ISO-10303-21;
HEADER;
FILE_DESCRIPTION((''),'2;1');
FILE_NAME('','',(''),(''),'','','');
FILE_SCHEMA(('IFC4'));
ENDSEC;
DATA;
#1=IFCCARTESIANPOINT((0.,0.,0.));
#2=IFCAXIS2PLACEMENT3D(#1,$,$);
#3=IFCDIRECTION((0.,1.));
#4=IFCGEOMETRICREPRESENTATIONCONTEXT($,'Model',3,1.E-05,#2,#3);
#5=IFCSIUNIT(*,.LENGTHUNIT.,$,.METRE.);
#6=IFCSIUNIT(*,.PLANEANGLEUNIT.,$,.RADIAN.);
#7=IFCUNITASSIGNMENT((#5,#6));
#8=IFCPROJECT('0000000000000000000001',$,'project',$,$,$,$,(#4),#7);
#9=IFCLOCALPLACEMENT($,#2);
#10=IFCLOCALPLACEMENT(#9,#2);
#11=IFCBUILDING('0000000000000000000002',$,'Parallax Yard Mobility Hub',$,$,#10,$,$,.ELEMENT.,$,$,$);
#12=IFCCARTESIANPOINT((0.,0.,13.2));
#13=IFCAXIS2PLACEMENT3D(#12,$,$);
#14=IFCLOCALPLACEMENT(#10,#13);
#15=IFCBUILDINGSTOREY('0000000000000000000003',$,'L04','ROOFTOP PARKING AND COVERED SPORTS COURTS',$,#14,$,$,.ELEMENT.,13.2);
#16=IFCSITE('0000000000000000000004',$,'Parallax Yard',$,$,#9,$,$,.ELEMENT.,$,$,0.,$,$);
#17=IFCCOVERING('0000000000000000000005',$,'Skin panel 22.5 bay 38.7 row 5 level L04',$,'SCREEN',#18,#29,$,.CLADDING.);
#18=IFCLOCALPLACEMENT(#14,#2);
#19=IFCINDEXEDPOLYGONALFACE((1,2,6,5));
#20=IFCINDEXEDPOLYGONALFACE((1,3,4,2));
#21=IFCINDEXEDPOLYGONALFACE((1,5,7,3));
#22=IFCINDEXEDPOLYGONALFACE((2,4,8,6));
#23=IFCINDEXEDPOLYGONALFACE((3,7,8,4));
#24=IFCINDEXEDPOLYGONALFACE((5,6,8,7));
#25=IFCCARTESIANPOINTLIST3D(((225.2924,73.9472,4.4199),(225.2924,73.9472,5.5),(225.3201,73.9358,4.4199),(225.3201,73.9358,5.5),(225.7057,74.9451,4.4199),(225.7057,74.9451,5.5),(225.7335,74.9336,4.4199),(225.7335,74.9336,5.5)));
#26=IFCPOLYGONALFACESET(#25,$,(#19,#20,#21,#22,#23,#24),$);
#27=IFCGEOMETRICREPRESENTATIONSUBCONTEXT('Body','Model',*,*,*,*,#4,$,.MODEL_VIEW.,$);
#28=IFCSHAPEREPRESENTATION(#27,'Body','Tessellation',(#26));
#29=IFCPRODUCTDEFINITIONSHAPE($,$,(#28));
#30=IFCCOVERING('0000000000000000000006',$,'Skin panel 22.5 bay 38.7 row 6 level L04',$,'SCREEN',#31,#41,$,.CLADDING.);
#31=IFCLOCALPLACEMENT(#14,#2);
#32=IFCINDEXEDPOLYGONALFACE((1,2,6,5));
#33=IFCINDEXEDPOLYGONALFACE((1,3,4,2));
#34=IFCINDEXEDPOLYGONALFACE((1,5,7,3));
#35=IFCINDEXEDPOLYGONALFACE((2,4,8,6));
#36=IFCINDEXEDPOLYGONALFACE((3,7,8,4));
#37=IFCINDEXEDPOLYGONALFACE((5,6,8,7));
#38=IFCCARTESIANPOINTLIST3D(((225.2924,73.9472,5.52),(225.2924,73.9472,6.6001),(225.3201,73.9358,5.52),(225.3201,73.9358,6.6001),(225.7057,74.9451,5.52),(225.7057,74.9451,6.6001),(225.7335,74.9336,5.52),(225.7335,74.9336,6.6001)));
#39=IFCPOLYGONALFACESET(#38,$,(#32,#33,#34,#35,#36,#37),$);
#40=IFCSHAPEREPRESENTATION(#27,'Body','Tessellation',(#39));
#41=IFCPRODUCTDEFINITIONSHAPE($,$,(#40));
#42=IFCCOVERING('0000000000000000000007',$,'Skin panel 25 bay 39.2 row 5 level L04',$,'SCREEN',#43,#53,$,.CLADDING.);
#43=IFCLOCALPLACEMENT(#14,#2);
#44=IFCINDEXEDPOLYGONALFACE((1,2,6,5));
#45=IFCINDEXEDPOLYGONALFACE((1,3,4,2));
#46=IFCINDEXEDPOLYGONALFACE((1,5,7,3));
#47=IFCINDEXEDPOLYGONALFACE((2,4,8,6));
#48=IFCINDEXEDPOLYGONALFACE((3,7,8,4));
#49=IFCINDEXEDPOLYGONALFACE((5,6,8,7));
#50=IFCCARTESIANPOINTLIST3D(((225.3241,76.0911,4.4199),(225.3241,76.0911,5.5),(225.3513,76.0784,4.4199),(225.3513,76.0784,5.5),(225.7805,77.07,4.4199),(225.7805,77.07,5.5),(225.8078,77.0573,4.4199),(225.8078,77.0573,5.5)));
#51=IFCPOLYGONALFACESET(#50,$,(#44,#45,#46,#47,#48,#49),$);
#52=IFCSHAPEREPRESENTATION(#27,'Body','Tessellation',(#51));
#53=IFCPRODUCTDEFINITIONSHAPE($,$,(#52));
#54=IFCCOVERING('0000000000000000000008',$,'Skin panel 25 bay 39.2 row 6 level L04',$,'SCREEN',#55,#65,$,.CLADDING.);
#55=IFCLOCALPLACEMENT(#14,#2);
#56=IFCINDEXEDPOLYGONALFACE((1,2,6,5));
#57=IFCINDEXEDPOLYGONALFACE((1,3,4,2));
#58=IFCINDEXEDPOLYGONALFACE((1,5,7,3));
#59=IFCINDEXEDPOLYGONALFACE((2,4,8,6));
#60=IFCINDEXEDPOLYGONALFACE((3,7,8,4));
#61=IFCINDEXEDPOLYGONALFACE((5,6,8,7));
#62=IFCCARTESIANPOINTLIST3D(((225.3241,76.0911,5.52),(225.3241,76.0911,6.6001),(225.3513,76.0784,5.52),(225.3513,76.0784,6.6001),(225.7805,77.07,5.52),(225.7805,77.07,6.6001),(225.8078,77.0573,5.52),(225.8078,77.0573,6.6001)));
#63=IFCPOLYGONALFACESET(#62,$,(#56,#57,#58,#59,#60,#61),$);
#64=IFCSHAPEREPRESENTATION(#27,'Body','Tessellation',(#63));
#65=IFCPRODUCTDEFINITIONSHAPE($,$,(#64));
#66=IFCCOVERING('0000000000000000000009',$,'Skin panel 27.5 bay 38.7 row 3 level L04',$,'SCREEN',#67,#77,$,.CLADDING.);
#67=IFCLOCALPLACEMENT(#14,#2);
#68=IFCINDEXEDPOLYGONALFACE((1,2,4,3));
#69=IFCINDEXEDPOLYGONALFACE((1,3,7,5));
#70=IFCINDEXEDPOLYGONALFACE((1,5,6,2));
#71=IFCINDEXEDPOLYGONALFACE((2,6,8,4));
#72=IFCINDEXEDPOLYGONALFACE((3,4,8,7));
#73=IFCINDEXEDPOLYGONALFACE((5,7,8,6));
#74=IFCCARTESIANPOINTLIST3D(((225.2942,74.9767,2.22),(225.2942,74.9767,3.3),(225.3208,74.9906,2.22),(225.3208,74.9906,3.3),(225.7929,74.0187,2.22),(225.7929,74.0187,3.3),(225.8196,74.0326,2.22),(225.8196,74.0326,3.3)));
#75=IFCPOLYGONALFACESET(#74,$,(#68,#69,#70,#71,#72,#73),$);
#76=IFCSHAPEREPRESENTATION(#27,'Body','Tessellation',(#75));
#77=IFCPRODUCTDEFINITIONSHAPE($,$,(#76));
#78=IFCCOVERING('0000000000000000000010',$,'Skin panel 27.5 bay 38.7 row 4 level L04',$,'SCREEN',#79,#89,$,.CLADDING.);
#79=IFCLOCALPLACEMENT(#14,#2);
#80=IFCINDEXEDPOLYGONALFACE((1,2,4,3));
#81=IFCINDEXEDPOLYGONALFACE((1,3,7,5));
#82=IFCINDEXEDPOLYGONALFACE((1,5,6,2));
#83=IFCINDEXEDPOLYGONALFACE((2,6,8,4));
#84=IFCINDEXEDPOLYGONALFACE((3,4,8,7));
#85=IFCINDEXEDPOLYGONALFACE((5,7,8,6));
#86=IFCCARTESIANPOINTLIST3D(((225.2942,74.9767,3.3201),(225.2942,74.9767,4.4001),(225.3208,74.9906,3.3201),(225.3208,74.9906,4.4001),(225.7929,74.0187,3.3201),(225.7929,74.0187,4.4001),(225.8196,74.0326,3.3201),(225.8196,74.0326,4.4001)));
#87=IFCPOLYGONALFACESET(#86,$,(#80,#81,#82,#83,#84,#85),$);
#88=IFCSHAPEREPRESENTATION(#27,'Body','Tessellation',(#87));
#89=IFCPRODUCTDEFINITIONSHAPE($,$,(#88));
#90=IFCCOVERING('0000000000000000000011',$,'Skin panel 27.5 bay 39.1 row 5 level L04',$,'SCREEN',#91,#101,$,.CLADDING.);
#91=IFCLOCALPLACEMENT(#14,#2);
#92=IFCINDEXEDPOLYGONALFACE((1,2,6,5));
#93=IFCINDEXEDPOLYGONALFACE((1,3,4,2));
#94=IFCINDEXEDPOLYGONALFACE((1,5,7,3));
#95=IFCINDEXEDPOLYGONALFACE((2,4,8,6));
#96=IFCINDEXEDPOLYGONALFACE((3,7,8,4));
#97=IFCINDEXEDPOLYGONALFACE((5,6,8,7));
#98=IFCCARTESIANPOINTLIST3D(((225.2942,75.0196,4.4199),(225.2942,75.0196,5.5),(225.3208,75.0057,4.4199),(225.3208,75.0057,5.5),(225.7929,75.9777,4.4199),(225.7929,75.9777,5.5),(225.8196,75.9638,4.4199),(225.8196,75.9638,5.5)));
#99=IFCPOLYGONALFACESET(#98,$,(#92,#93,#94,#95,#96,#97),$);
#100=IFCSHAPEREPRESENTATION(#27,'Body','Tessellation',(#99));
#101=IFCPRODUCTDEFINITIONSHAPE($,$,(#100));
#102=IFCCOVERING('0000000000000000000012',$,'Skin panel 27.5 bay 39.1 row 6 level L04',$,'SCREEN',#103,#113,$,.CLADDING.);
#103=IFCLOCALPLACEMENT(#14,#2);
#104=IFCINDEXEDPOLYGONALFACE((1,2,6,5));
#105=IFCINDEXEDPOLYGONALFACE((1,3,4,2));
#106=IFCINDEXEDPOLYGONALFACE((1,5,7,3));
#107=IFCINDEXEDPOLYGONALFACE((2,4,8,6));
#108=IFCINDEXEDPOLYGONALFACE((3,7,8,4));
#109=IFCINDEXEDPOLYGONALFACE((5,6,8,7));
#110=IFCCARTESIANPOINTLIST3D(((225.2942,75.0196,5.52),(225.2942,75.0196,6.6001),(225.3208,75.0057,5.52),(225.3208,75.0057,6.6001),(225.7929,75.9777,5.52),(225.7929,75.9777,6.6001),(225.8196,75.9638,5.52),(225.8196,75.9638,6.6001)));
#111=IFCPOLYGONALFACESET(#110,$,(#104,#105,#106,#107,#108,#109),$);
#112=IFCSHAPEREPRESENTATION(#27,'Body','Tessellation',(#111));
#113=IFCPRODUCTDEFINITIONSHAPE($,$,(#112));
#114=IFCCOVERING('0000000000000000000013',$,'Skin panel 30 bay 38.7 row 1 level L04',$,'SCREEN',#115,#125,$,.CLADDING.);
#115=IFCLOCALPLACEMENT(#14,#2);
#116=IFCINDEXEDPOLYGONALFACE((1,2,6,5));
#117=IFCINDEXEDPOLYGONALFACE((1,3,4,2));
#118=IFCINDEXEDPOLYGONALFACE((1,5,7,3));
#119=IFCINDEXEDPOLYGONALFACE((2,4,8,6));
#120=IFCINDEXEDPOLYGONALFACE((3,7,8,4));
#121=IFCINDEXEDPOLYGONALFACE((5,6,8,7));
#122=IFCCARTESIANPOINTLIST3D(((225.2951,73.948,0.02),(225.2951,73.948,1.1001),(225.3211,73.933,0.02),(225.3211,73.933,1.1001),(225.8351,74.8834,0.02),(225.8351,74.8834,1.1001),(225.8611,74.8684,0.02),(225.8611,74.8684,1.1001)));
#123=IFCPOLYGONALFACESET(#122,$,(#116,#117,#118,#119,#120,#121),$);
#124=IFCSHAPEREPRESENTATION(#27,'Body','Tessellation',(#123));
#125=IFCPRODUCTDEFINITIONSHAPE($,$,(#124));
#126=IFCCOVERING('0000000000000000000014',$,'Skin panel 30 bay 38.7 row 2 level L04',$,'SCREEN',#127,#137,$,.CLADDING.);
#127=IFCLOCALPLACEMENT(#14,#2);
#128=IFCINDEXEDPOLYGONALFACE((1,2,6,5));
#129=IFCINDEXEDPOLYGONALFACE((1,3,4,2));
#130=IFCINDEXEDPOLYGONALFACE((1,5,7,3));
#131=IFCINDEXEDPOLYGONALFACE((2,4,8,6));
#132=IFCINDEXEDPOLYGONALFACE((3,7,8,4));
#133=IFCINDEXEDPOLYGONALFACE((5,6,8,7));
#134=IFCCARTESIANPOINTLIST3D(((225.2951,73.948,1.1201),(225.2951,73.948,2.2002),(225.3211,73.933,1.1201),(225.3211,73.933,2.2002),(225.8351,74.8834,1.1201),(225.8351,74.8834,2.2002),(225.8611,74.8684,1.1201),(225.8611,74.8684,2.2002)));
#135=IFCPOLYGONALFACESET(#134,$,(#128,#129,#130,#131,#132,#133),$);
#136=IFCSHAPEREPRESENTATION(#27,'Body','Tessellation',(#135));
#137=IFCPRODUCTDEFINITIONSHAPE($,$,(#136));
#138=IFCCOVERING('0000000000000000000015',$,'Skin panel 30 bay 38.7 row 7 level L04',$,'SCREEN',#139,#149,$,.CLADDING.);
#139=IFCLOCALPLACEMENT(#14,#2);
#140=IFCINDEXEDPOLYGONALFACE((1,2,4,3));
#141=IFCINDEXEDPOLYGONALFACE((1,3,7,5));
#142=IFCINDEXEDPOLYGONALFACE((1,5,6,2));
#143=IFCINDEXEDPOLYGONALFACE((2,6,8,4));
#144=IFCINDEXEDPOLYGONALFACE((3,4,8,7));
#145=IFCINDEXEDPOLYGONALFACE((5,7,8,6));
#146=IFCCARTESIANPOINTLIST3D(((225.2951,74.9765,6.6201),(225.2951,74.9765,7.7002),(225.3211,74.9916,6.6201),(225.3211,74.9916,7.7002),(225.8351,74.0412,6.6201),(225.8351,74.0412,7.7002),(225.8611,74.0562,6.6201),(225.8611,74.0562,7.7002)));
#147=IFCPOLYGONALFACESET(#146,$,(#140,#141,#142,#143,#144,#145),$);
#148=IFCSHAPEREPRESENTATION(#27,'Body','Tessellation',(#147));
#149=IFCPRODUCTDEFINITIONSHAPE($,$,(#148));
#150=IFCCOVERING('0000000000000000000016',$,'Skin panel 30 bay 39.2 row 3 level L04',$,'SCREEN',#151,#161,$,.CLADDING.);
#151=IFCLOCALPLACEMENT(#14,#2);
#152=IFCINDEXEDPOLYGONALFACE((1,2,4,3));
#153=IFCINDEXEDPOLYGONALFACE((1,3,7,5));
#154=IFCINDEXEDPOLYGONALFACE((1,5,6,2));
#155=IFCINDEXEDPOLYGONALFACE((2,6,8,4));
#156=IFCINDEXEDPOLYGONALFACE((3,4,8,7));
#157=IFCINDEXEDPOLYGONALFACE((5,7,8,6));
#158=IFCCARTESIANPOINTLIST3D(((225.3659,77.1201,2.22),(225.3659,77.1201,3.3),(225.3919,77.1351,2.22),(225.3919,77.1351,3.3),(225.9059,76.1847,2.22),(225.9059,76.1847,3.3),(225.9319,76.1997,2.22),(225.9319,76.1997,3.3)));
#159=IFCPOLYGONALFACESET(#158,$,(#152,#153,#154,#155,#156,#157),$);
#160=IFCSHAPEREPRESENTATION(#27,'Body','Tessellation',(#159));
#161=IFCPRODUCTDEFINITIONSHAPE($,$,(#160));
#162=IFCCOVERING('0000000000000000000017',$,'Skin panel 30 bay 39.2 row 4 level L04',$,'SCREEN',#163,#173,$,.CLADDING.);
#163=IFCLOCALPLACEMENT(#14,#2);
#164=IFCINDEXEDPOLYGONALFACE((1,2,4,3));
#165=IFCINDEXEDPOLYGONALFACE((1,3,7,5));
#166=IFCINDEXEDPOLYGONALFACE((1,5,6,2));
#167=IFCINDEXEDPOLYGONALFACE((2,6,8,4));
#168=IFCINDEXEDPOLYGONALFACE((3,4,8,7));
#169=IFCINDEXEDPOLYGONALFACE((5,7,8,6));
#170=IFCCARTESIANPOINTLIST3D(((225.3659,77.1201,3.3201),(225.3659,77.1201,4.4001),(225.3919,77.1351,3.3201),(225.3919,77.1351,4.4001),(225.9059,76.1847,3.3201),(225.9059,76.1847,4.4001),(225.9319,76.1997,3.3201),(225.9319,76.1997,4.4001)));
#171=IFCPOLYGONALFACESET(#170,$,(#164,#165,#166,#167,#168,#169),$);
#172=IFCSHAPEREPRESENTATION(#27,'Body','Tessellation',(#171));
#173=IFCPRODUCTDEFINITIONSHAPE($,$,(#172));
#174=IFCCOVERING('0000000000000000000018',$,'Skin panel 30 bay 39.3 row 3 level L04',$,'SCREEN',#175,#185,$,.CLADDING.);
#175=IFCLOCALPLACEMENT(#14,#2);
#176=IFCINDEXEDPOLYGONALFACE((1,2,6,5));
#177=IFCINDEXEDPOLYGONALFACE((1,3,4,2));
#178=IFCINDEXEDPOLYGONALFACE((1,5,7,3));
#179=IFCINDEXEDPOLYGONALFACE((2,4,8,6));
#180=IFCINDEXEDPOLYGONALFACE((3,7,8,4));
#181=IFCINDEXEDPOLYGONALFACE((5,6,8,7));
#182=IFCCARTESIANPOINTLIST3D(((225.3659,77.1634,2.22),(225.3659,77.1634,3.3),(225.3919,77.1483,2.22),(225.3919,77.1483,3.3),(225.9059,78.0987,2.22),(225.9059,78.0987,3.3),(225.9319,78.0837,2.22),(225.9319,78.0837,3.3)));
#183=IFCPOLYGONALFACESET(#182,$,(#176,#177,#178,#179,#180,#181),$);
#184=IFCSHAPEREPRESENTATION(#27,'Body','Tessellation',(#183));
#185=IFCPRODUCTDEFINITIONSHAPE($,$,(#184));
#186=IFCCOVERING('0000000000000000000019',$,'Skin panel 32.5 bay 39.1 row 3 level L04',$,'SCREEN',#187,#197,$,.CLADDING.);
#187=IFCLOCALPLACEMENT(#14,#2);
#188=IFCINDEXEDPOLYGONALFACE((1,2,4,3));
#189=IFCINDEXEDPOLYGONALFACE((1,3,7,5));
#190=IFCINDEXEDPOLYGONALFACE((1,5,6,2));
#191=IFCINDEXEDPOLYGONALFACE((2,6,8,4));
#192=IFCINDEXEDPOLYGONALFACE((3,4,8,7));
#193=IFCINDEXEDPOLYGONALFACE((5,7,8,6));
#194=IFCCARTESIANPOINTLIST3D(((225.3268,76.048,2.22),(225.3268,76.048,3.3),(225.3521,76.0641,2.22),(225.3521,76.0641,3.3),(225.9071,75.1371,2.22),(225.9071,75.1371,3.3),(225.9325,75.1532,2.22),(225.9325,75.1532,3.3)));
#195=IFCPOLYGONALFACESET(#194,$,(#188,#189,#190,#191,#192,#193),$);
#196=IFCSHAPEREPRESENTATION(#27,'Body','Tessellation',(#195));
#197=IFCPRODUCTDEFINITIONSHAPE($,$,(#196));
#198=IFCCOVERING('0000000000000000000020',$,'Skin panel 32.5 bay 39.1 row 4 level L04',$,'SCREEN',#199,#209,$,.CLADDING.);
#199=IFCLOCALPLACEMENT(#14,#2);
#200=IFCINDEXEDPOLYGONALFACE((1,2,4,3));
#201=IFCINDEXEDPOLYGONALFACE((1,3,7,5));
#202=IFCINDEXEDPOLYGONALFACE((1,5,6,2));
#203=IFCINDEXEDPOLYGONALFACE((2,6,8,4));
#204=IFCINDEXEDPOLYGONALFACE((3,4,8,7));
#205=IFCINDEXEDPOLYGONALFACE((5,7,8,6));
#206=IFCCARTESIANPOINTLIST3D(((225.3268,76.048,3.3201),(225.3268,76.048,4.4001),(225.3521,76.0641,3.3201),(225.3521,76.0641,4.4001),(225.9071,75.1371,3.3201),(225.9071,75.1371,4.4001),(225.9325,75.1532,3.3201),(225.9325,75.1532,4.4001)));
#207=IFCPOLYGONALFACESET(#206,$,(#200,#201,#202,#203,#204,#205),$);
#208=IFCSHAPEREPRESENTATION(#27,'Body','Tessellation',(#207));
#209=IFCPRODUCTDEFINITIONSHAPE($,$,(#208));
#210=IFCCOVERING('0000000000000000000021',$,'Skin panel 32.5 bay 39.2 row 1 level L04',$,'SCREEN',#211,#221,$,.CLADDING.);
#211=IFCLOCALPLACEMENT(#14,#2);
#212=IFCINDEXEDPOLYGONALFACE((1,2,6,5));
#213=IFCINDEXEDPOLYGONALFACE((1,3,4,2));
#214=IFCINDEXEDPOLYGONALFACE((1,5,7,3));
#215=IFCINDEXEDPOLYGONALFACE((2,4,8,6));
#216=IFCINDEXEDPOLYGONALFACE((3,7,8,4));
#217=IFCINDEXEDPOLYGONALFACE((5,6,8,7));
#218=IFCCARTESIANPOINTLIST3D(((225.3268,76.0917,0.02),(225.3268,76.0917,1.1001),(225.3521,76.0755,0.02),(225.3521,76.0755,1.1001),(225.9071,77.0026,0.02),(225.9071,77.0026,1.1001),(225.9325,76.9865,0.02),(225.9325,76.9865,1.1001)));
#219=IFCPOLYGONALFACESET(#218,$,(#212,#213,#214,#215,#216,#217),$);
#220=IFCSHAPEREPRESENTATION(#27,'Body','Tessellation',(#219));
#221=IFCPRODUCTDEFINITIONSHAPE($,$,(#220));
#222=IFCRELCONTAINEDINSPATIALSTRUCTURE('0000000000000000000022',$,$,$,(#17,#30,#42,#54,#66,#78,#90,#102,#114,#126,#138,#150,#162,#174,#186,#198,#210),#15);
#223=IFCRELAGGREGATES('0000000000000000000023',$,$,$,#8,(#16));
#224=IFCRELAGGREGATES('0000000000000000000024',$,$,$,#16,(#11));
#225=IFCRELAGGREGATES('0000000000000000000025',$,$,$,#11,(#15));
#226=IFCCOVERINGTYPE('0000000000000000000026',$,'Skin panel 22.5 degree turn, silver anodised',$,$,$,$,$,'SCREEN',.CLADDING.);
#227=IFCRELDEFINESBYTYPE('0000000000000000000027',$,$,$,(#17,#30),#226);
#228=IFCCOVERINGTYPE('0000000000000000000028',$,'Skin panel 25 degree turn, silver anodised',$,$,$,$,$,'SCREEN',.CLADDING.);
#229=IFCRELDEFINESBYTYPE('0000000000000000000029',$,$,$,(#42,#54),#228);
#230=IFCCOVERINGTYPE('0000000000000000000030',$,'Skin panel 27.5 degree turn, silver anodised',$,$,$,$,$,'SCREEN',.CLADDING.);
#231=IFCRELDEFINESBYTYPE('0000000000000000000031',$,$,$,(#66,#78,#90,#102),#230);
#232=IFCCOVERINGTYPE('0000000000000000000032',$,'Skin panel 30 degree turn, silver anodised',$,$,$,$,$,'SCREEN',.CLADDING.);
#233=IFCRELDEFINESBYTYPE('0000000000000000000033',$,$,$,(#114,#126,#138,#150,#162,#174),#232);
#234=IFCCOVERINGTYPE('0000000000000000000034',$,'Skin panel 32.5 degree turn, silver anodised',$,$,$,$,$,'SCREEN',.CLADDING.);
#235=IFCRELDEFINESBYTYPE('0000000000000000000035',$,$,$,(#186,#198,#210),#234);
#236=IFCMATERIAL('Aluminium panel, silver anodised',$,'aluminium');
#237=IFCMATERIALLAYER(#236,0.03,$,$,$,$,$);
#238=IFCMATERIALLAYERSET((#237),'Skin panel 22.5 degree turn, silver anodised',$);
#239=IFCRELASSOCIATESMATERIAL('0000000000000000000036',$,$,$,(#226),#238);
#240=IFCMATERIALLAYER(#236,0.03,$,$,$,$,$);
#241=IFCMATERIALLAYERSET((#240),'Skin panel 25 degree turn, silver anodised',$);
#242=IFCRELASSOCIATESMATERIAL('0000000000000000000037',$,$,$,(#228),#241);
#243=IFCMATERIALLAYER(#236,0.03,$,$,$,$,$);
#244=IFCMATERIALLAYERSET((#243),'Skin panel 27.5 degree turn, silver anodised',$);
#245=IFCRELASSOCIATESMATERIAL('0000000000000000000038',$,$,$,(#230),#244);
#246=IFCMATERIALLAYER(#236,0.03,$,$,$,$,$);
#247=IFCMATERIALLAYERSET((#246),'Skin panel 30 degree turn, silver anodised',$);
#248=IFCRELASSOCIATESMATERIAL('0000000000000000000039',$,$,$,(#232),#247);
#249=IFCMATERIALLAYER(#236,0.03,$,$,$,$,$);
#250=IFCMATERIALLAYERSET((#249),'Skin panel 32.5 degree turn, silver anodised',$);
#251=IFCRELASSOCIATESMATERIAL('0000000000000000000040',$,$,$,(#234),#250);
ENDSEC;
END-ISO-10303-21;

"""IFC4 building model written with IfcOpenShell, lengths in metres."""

from ifc_helpers import new_model, si_unit, direction, frame, origin, origin_2d, place, context, subcontext, project, spatial, rectangle, extrude, material, layer, layer_set, type_object, element, save


model = new_model("IFC4")

# Units and contexts
model_context = context("Model", 3, precision=1e-05, world=origin(), true_north=direction((0.0, 1.0)))
body_context = subcontext(model_context, "Body", "Model", "MODEL_VIEW")
ifc_project = project(units=[si_unit("LENGTHUNIT", "METRE"), si_unit("PLANEANGLEUNIT", "RADIAN")], contexts=[model_context])

# Site, building, storey
site_placement = place(None, origin())
site = spatial("IfcSite", under=ifc_project, at=site_placement, Name="Parallax Yard", CompositionType="ELEMENT", RefElevation=0.0)
building_placement = place(site_placement, origin())
building = spatial("IfcBuilding", under=site, at=building_placement, Name="Parallax Yard Mobility Hub", CompositionType="ELEMENT")
storey_placement = place(building_placement, frame((0.0, 0.0, 13.2)))
storey = spatial("IfcBuildingStorey", under=building, at=storey_placement, Name="L04", Description="ROOFTOP PARKING AND COVERED SPORTS COURTS", CompositionType="ELEMENT", Elevation=13.2)

# Coverings
ifc_material_1 = material(Name="Aluminium panel, silver anodised", Category="aluminium")
ifc_layer_1 = layer(ifc_material_1, 0.03)
ifc_layer_set_1 = layer_set([ifc_layer_1], Name="Skin panel 22.5 degree turn, silver anodised")
covering_type_1 = type_object("IfcCoveringType", Name="Skin panel 22.5 degree turn, silver anodised", ElementType="SCREEN", PredefinedType="CLADDING", material=ifc_layer_set_1)
for number, where, z_axis, x_axis, name in (
    (1, (225.5129, 74.4404, 4.4199), (0.0, 0.0, 1.0), (0.382683, 0.92388, 0.0), "Skin panel 22.5 bay 38.7 row 5 level L04"),
    (2, (225.5129, 74.4404, 5.52), (0.0, 0.0, 1.0), (0.382683, 0.92388, 0.0), "Skin panel 22.5 bay 38.7 row 6 level L04"),
):
    element("IfcCovering", number, at=place(storey_placement, frame(where, z_axis=z_axis, x_axis=x_axis)), inside=storey, type_object=covering_type_1, Name=name, ObjectType="SCREEN", PredefinedType="CLADDING", context=body_context, shape_type="SweptSolid", body=[
        extrude(rectangle(XDim=1.0801, YDim=0.03, at=origin_2d()), origin(), (0.0, 0.0, 1.0), 1.0801),
    ])
ifc_layer_2 = layer(ifc_material_1, 0.03)
ifc_layer_set_2 = layer_set([ifc_layer_2], Name="Skin panel 25 degree turn, silver anodised")
covering_type_2 = type_object("IfcCoveringType", Name="Skin panel 25 degree turn, silver anodised", ElementType="SCREEN", PredefinedType="CLADDING", material=ifc_layer_set_2)
for number, where, z_axis, x_axis, name in (
    (3, (225.5659, 76.5742, 4.4199), (0.0, 0.0, 1.0), (0.422618, 0.906308, 0.0), "Skin panel 25 bay 39.2 row 5 level L04"),
    (4, (225.5659, 76.5742, 5.52), (0.0, 0.0, 1.0), (0.422618, 0.906308, 0.0), "Skin panel 25 bay 39.2 row 6 level L04"),
):
    element("IfcCovering", number, at=place(storey_placement, frame(where, z_axis=z_axis, x_axis=x_axis)), inside=storey, type_object=covering_type_2, Name=name, ObjectType="SCREEN", PredefinedType="CLADDING", context=body_context, shape_type="SweptSolid", body=[
        extrude(rectangle(XDim=1.0801, YDim=0.03, at=origin_2d()), origin(), (0.0, 0.0, 1.0), 1.0801),
    ])
ifc_layer_3 = layer(ifc_material_1, 0.03)
ifc_layer_set_3 = layer_set([ifc_layer_3], Name="Skin panel 27.5 degree turn, silver anodised")
covering_type_3 = type_object("IfcCoveringType", Name="Skin panel 27.5 degree turn, silver anodised", ElementType="SCREEN", PredefinedType="CLADDING", material=ifc_layer_set_3)
for number, where, z_axis, x_axis, name in (
    (5, (225.5569, 74.5046, 2.22), (0.0, 0.0, 1.0), (0.461749, -0.887011, 0.0), "Skin panel 27.5 bay 38.7 row 3 level L04"),
    (6, (225.5569, 74.5046, 3.3201), (0.0, 0.0, 1.0), (0.461749, -0.887011, 0.0), "Skin panel 27.5 bay 38.7 row 4 level L04"),
    (7, (225.5569, 75.4917, 4.4199), (0.0, 0.0, 1.0), (0.461749, 0.887011, 0.0), "Skin panel 27.5 bay 39.1 row 5 level L04"),
    (8, (225.5569, 75.4917, 5.52), (0.0, 0.0, 1.0), (0.461749, 0.887011, 0.0), "Skin panel 27.5 bay 39.1 row 6 level L04"),
):
    element("IfcCovering", number, at=place(storey_placement, frame(where, z_axis=z_axis, x_axis=x_axis)), inside=storey, type_object=covering_type_3, Name=name, ObjectType="SCREEN", PredefinedType="CLADDING", context=body_context, shape_type="SweptSolid", body=[
        extrude(rectangle(XDim=1.0801, YDim=0.03, at=origin_2d()), origin(), (0.0, 0.0, 1.0), 1.0801),
    ])
ifc_layer_4 = layer(ifc_material_1, 0.03)
ifc_layer_set_4 = layer_set([ifc_layer_4], Name="Skin panel 30 degree turn, silver anodised")
covering_type_4 = type_object("IfcCoveringType", Name="Skin panel 30 degree turn, silver anodised", ElementType="SCREEN", PredefinedType="CLADDING", material=ifc_layer_set_4)
for number, where, z_axis, x_axis, name in (
    (9, (225.5781, 74.4082, 0.02), (0.0, 0.0, 1.0), (0.5, 0.866025, 0.0), "Skin panel 30 bay 38.7 row 1 level L04"),
    (10, (225.5781, 74.4082, 1.1201), (0.0, 0.0, 1.0), (0.5, 0.866025, 0.0), "Skin panel 30 bay 38.7 row 2 level L04"),
    (11, (225.5781, 74.5164, 6.6201), (0.0, 0.0, 1.0), (0.5, -0.866025, 0.0), "Skin panel 30 bay 38.7 row 7 level L04"),
    (12, (225.6489, 76.6599, 2.22), (0.0, 0.0, 1.0), (0.5, -0.866025, 0.0), "Skin panel 30 bay 39.2 row 3 level L04"),
    (13, (225.6489, 76.6599, 3.3201), (0.0, 0.0, 1.0), (0.5, -0.866025, 0.0), "Skin panel 30 bay 39.2 row 4 level L04"),
    (14, (225.6489, 77.6235, 2.22), (0.0, 0.0, 1.0), (0.5, 0.866025, 0.0), "Skin panel 30 bay 39.3 row 3 level L04"),
):
    element("IfcCovering", number, at=place(storey_placement, frame(where, z_axis=z_axis, x_axis=x_axis)), inside=storey, type_object=covering_type_4, Name=name, ObjectType="SCREEN", PredefinedType="CLADDING", context=body_context, shape_type="SweptSolid", body=[
        extrude(rectangle(XDim=1.0801, YDim=0.03, at=origin_2d()), origin(), (0.0, 0.0, 1.0), 1.0801),
    ])
ifc_layer_5 = layer(ifc_material_1, 0.03)
ifc_layer_set_5 = layer_set([ifc_layer_5], Name="Skin panel 32.5 degree turn, silver anodised")
covering_type_5 = type_object("IfcCoveringType", Name="Skin panel 32.5 degree turn, silver anodised", ElementType="SCREEN", PredefinedType="CLADDING", material=ifc_layer_set_5)
for number, where, z_axis, x_axis, name in (
    (15, (225.6296, 75.6006, 2.22), (0.0, 0.0, 1.0), (0.5373, -0.843391, 0.0), "Skin panel 32.5 bay 39.1 row 3 level L04"),
    (16, (225.6296, 75.6006, 3.3201), (0.0, 0.0, 1.0), (0.5373, -0.843391, 0.0), "Skin panel 32.5 bay 39.1 row 4 level L04"),
    (17, (225.6296, 76.5391, 0.02), (0.0, 0.0, 1.0), (0.5373, 0.843391, 0.0), "Skin panel 32.5 bay 39.2 row 1 level L04"),
):
    element("IfcCovering", number, at=place(storey_placement, frame(where, z_axis=z_axis, x_axis=x_axis)), inside=storey, type_object=covering_type_5, Name=name, ObjectType="SCREEN", PredefinedType="CLADDING", context=body_context, shape_type="SweptSolid", body=[
        extrude(rectangle(XDim=1.0801, YDim=0.03, at=origin_2d()), origin(), (0.0, 0.0, 1.0), 1.0801),
    ])

save(model, "model.ifc")
